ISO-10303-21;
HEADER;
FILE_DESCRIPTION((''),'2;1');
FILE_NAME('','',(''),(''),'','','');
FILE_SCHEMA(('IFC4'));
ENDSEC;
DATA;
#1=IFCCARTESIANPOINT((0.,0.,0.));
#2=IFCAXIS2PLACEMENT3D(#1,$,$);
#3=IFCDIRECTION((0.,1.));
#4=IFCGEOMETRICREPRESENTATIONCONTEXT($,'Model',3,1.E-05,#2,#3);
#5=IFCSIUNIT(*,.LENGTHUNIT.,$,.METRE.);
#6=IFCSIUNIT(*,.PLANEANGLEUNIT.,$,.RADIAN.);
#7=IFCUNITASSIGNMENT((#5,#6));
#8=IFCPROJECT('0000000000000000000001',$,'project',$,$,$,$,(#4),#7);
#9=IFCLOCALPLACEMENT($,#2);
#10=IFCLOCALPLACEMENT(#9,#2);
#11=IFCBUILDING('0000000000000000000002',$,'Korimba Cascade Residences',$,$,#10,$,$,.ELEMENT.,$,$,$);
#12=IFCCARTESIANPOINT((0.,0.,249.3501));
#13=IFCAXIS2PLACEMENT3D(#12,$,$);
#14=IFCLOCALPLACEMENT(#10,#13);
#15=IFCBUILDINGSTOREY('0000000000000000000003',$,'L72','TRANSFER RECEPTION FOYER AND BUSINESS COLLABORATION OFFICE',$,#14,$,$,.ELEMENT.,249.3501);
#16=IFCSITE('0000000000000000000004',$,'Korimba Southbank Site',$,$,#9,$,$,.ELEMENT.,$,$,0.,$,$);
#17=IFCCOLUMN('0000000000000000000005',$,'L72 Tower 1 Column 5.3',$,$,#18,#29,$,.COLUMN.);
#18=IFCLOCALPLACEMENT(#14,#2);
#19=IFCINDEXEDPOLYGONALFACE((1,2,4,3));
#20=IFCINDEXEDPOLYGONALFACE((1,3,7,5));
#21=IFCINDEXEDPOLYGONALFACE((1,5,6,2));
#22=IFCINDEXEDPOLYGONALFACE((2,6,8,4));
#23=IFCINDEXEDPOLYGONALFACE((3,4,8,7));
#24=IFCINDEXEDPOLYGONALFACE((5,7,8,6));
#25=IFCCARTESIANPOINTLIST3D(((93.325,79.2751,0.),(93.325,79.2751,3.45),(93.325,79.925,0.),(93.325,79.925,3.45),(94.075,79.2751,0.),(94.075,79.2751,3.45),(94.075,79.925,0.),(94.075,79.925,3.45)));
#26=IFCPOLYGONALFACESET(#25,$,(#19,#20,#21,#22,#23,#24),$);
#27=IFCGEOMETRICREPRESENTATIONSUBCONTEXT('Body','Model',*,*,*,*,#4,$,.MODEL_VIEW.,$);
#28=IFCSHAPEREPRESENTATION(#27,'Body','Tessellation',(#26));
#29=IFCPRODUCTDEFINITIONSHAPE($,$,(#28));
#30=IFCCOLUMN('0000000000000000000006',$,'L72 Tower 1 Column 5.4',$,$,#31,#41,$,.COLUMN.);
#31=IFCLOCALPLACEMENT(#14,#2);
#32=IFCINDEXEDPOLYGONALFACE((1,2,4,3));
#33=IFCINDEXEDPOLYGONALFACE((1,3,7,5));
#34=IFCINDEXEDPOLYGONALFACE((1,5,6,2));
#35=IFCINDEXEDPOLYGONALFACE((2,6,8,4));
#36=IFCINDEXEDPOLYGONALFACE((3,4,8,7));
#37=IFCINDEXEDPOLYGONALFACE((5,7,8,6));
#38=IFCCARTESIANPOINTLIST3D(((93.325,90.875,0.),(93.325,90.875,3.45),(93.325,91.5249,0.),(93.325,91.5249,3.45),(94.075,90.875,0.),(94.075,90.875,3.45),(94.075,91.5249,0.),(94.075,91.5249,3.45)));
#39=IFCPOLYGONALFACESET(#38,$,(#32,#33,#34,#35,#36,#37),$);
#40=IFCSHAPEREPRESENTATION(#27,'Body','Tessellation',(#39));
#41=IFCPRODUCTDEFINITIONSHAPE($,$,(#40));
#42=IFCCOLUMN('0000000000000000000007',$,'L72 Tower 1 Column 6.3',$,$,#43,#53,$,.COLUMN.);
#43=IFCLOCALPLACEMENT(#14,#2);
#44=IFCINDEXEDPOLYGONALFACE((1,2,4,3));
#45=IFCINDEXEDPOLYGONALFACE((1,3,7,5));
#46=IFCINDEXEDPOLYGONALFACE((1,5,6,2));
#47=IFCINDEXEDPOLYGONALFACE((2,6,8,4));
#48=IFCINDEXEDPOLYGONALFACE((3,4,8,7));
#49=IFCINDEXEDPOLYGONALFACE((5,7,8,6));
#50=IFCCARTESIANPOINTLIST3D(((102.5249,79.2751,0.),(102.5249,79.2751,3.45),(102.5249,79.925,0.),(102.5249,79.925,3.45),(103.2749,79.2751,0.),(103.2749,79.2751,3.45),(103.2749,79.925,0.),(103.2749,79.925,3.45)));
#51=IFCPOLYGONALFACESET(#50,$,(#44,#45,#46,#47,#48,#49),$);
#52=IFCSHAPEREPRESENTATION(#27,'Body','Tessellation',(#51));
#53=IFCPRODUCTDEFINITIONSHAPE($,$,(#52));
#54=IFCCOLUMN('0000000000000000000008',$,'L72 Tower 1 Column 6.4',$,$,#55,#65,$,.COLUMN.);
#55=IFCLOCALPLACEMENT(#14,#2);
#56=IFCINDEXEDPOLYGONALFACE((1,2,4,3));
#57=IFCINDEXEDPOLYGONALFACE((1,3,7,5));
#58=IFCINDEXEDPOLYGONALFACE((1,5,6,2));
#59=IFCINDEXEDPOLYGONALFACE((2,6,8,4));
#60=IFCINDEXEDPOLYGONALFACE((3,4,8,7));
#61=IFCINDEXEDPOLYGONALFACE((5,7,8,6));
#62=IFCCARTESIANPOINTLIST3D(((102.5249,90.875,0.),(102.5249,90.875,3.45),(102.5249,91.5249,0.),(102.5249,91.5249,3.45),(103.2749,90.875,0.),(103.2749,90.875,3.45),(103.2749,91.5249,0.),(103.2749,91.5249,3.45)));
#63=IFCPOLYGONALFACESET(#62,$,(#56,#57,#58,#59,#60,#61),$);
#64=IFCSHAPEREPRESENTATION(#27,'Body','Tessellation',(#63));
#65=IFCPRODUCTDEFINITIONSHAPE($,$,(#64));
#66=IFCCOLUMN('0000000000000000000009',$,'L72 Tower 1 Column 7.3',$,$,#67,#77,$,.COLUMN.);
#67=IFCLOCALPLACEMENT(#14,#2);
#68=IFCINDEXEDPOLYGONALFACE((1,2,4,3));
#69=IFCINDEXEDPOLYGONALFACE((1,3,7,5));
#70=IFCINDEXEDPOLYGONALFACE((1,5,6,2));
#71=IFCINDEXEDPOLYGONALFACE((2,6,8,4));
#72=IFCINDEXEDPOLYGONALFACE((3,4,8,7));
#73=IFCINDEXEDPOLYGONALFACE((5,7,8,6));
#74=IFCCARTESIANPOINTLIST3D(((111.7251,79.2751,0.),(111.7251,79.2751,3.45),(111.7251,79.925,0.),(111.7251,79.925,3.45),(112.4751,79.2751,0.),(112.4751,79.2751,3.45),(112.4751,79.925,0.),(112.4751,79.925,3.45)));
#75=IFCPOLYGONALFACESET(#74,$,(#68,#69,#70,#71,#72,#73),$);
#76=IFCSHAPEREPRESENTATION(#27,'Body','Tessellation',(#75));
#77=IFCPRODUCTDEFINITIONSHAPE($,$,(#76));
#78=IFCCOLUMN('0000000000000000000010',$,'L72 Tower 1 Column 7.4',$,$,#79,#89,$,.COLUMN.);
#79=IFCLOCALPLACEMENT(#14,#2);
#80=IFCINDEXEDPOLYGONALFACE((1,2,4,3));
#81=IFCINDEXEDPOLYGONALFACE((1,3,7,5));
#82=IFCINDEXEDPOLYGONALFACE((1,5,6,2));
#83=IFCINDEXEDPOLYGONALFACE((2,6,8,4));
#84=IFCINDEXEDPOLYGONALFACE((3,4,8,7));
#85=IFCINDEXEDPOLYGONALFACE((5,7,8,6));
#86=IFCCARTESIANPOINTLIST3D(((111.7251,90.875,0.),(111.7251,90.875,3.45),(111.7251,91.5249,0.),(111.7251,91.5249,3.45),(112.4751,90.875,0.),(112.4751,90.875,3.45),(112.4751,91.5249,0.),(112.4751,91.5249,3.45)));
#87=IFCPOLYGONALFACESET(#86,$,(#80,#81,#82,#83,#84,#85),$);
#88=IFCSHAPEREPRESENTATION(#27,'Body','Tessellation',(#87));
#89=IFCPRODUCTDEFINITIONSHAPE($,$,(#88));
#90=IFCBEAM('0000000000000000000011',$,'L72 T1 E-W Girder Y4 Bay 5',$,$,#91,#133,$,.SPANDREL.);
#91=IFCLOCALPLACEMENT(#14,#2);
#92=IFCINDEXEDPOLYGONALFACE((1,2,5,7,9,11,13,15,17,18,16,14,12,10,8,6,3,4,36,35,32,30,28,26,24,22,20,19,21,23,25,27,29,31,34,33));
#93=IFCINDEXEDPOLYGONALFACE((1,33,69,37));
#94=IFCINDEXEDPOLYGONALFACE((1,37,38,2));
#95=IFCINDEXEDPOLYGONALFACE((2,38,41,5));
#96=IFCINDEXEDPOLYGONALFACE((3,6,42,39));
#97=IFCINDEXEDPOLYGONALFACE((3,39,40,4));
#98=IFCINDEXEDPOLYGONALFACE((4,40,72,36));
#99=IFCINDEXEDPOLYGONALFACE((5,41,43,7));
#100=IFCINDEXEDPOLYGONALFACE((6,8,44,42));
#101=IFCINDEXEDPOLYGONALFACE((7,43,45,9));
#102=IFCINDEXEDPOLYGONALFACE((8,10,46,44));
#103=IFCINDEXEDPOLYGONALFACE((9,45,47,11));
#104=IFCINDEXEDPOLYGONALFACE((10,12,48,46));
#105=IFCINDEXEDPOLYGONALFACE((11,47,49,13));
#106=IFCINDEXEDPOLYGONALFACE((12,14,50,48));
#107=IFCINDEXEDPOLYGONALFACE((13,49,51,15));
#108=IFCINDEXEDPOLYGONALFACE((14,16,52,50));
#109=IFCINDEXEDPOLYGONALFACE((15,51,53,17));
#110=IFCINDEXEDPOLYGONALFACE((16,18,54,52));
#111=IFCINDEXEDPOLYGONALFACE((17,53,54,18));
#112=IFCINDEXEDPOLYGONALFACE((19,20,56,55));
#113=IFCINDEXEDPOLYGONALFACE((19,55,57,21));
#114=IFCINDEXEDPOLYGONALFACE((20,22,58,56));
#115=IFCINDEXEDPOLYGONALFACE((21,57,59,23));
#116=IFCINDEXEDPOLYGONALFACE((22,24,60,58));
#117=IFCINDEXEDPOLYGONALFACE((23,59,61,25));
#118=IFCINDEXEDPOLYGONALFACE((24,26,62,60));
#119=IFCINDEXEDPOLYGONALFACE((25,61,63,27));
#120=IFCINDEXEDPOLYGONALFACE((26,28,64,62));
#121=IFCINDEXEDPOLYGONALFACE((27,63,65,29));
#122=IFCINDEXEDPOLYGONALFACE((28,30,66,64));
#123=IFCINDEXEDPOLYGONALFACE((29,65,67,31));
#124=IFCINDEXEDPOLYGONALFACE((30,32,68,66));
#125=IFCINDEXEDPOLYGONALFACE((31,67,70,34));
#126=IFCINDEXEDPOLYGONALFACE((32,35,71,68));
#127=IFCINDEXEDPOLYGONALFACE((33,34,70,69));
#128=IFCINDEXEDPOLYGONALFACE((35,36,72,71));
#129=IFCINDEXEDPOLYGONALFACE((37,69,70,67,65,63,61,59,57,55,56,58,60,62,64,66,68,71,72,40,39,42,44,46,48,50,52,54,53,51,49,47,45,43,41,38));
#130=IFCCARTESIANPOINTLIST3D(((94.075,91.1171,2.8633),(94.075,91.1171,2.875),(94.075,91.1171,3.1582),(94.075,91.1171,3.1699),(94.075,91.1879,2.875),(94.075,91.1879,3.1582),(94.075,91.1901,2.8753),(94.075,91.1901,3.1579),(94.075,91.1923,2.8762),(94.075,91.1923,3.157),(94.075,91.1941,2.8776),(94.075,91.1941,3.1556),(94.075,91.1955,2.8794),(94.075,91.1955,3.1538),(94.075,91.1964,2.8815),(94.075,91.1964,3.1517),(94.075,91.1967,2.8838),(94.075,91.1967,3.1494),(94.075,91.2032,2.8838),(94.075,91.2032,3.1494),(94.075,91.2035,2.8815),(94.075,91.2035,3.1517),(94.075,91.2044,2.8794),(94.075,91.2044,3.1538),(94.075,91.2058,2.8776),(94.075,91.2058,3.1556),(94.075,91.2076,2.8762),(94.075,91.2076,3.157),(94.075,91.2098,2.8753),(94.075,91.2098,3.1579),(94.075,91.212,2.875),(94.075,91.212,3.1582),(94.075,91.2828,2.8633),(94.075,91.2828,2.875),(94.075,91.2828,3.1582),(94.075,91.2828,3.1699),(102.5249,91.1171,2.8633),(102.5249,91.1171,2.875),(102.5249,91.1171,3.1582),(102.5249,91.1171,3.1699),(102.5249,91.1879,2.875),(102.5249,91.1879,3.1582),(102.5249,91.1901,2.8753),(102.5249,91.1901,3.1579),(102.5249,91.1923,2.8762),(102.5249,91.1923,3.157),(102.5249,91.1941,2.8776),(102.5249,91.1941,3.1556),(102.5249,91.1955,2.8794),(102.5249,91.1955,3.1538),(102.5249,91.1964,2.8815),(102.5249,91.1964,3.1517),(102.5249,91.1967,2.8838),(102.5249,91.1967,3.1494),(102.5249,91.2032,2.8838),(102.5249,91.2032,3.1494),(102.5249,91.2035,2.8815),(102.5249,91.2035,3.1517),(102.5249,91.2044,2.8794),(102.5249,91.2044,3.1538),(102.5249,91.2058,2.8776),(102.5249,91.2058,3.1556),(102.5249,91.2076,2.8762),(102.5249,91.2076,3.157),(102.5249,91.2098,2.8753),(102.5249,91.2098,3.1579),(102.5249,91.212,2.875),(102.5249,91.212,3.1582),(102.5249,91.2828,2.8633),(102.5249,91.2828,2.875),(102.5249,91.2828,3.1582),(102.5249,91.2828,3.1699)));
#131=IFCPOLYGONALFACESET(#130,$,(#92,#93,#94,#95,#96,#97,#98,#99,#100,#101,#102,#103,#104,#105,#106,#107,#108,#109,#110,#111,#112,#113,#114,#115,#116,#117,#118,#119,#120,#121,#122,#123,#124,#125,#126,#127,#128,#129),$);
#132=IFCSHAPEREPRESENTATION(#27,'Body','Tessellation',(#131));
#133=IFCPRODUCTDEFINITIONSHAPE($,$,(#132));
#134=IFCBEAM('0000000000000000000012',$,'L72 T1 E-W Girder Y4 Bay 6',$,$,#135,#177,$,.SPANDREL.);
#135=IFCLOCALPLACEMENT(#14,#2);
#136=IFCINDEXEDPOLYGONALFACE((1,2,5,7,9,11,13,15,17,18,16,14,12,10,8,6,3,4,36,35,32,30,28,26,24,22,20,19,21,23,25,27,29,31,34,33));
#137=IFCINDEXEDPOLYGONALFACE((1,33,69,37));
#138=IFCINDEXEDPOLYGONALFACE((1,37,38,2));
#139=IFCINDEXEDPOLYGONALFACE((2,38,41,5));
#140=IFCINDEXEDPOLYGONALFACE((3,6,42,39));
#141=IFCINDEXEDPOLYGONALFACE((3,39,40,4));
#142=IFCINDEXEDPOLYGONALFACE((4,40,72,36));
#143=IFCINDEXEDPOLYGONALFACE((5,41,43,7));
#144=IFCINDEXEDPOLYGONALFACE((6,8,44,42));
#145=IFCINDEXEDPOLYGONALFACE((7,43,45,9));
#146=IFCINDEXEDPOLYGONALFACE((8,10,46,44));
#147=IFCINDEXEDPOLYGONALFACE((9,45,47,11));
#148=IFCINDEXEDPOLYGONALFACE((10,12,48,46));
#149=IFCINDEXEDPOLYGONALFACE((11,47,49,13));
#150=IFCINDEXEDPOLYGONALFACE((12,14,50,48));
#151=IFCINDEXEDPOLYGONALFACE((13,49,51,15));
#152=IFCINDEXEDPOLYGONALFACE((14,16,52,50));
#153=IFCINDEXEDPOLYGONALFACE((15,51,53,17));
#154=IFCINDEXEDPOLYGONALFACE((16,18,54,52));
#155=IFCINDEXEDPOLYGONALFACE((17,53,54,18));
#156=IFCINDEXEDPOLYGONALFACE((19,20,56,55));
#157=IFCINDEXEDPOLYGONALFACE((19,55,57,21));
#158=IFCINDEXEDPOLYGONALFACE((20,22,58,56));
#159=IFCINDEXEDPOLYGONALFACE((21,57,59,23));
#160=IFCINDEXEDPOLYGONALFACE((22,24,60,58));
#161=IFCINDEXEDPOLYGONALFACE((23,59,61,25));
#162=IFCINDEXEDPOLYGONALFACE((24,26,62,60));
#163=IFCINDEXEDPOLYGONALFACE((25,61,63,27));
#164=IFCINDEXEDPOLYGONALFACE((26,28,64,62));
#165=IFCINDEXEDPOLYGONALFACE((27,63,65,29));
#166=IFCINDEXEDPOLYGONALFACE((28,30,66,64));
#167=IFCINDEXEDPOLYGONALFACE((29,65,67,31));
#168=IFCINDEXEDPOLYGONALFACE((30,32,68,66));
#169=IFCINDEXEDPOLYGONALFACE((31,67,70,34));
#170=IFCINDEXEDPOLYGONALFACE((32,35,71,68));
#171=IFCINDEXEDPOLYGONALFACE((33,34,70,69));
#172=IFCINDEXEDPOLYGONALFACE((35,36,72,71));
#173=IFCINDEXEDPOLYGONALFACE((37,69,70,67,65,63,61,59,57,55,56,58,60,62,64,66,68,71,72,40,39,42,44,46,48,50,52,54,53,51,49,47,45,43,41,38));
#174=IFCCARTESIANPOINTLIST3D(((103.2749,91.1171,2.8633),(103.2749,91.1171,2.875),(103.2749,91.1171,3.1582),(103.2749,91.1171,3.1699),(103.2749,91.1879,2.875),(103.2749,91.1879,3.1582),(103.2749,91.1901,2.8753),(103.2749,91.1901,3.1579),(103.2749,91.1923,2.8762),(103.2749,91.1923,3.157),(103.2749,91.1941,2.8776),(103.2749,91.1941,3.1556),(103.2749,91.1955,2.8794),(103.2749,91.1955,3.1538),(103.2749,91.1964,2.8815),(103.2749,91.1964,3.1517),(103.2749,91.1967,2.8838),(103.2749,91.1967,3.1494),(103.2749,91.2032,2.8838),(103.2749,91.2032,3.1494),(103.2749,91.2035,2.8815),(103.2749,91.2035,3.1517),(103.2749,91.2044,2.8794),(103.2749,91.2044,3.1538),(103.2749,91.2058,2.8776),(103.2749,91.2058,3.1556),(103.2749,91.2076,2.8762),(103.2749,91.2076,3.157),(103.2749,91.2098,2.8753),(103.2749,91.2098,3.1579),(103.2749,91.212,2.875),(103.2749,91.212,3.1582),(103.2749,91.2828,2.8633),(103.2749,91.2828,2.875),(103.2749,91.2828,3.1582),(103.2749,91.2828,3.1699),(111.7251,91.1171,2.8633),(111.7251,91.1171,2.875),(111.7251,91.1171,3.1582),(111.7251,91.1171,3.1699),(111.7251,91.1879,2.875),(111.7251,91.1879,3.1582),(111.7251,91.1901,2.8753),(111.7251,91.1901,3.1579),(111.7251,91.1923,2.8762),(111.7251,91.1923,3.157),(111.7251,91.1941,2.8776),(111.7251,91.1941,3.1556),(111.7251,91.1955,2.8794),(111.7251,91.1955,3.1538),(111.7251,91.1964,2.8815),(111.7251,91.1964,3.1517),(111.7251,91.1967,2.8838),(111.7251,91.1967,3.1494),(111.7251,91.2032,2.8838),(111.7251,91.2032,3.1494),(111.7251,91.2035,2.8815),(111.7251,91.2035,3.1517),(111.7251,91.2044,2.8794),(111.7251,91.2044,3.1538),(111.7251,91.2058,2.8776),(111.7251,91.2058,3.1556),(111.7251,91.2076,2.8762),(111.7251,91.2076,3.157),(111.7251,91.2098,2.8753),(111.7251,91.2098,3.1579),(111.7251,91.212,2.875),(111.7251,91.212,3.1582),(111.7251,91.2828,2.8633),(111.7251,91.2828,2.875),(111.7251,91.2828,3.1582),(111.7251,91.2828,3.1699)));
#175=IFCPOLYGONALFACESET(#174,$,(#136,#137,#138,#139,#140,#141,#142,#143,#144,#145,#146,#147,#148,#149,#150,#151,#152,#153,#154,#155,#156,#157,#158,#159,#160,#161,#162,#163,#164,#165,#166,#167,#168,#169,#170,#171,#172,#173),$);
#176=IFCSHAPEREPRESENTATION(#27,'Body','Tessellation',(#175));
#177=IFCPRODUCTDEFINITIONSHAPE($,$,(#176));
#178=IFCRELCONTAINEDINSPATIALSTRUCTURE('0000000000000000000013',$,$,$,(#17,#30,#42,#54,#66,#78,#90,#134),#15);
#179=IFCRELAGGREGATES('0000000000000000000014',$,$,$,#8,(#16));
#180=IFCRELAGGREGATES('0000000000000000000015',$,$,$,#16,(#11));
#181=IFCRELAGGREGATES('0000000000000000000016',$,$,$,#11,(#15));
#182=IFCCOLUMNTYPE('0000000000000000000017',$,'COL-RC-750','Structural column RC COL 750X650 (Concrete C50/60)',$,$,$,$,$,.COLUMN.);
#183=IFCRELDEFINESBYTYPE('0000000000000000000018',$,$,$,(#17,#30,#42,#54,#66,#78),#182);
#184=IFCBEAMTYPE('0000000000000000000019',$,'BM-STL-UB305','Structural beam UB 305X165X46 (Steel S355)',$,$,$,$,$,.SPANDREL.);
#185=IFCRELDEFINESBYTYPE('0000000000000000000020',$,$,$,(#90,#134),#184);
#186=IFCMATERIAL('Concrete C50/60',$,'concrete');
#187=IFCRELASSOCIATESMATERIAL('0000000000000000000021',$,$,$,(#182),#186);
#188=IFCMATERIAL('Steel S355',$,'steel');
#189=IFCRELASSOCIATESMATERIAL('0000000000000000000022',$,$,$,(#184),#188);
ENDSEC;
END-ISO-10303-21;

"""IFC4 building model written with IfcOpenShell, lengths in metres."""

from ifc_helpers import new_model, si_unit, direction, frame, origin, origin_2d, place, context, subcontext, project, spatial, rectangle, i_section, extrude, material, material_profile, profile_set, type_object, element, save


model = new_model("IFC4")

# Units and contexts
model_context = context("Model", 3, precision=1e-05, world=origin(), true_north=direction((0.0, 1.0)))
body_context = subcontext(model_context, "Body", "Model", "MODEL_VIEW")
ifc_project = project(units=[si_unit("LENGTHUNIT", "METRE"), si_unit("PLANEANGLEUNIT", "RADIAN")], contexts=[model_context])

# Site, building, storey
site_placement = place(None, origin())
site = spatial("IfcSite", under=ifc_project, at=site_placement, Name="Korimba Southbank Site", CompositionType="ELEMENT", RefElevation=0.0)
building_placement = place(site_placement, origin())
building = spatial("IfcBuilding", under=site, at=building_placement, Name="Korimba Cascade Residences", CompositionType="ELEMENT")
storey_placement = place(building_placement, frame((0.0, 0.0, 249.3501)))
storey = spatial("IfcBuildingStorey", under=building, at=storey_placement, Name="L72", Description="TRANSFER RECEPTION FOYER AND BUSINESS COLLABORATION OFFICE", CompositionType="ELEMENT", Elevation=249.3501)

# Columns
ifc_material_1 = material(Name="Concrete C50/60", Category="concrete")
ifc_material_profile_1 = material_profile(ifc_material_1, rectangle(XDim=0.75, YDim=0.6499, at=origin_2d()), Name="Concrete C50/60")
ifc_profile_set_1 = profile_set([ifc_material_profile_1], Name="Concrete C50/60")
column_type = type_object("IfcColumnType", Name="COL-RC-750", Description="Structural column RC COL 750X650 (Concrete C50/60)", PredefinedType="COLUMN", material=ifc_profile_set_1)
for number, where, z_axis, x_axis, name in (
    (1, (93.7, 79.6001, 0.0), (0.0, 0.0, 1.0), (1.0, 0.0, 0.0), "L72 Tower 1 Column 5.3"),
    (2, (93.7, 91.2, 0.0), (0.0, 0.0, 1.0), (1.0, 0.0, 0.0), "L72 Tower 1 Column 5.4"),
    (3, (102.8999, 79.6001, 0.0), (0.0, 0.0, 1.0), (1.0, 0.0, 0.0), "L72 Tower 1 Column 6.3"),
    (4, (102.8999, 91.2, 0.0), (0.0, 0.0, 1.0), (1.0, 0.0, 0.0), "L72 Tower 1 Column 6.4"),
    (5, (112.1001, 79.6001, 0.0), (0.0, 0.0, 1.0), (1.0, 0.0, 0.0), "L72 Tower 1 Column 7.3"),
    (6, (112.1001, 91.2, 0.0), (0.0, 0.0, 1.0), (1.0, 0.0, 0.0), "L72 Tower 1 Column 7.4"),
):
    element("IfcColumn", number, at=place(storey_placement, frame(where, z_axis=z_axis, x_axis=x_axis)), inside=storey, type_object=column_type, Name=name, PredefinedType="COLUMN", context=body_context, shape_type="SweptSolid", body=[
        extrude(rectangle(XDim=0.75, YDim=0.6499, at=origin_2d()), origin(), (0.0, 0.0, 1.0), 3.45),
    ])

# Beams
ifc_material_2 = material(Name="Steel S355", Category="steel")
ifc_material_profile_2 = material_profile(ifc_material_2, i_section(OverallWidth=0.1658, OverallDepth=0.3066, WebThickness=0.0066, FlangeThickness=0.0117, FilletRadius=0.0088, at=origin_2d()), Name="Steel S355")
ifc_profile_set_2 = profile_set([ifc_material_profile_2], Name="Steel S355")
beam_type_1 = type_object("IfcBeamType", Name="BM-STL-UB305", Description="Structural beam UB 305X165X46 (Steel S355)", PredefinedType="SPANDREL", material=ifc_profile_set_2)
beam_1_placement = place(storey_placement, frame((94.075, 91.2, 3.0166), z_axis=(1.0, 0.0, 0.0), x_axis=(0.0, 1.0, 0.0)))
element("IfcBeam", 7, at=beam_1_placement, inside=storey, type_object=beam_type_1, Name="L72 T1 E-W Girder Y4 Bay 5", PredefinedType="SPANDREL", context=body_context, shape_type="SweptSolid", body=[
    extrude(i_section(OverallWidth=0.1658, OverallDepth=0.3066, WebThickness=0.0066, FlangeThickness=0.0117, FilletRadius=0.0088, at=origin_2d()), origin(), (0.0, 0.0, 1.0), 8.45),
])
beam_2_placement = place(storey_placement, frame((103.2749, 91.2, 3.0166), z_axis=(1.0, 0.0, 0.0), x_axis=(0.0, 1.0, 0.0)))
element("IfcBeam", 8, at=beam_2_placement, inside=storey, type_object=beam_type_1, Name="L72 T1 E-W Girder Y4 Bay 6", PredefinedType="SPANDREL", context=body_context, shape_type="SweptSolid", body=[
    extrude(i_section(OverallWidth=0.1658, OverallDepth=0.3066, WebThickness=0.0066, FlangeThickness=0.0117, FilletRadius=0.0088, at=origin_2d()), origin(), (0.0, 0.0, 1.0), 8.4502),
])

save(model, "model.ifc")
